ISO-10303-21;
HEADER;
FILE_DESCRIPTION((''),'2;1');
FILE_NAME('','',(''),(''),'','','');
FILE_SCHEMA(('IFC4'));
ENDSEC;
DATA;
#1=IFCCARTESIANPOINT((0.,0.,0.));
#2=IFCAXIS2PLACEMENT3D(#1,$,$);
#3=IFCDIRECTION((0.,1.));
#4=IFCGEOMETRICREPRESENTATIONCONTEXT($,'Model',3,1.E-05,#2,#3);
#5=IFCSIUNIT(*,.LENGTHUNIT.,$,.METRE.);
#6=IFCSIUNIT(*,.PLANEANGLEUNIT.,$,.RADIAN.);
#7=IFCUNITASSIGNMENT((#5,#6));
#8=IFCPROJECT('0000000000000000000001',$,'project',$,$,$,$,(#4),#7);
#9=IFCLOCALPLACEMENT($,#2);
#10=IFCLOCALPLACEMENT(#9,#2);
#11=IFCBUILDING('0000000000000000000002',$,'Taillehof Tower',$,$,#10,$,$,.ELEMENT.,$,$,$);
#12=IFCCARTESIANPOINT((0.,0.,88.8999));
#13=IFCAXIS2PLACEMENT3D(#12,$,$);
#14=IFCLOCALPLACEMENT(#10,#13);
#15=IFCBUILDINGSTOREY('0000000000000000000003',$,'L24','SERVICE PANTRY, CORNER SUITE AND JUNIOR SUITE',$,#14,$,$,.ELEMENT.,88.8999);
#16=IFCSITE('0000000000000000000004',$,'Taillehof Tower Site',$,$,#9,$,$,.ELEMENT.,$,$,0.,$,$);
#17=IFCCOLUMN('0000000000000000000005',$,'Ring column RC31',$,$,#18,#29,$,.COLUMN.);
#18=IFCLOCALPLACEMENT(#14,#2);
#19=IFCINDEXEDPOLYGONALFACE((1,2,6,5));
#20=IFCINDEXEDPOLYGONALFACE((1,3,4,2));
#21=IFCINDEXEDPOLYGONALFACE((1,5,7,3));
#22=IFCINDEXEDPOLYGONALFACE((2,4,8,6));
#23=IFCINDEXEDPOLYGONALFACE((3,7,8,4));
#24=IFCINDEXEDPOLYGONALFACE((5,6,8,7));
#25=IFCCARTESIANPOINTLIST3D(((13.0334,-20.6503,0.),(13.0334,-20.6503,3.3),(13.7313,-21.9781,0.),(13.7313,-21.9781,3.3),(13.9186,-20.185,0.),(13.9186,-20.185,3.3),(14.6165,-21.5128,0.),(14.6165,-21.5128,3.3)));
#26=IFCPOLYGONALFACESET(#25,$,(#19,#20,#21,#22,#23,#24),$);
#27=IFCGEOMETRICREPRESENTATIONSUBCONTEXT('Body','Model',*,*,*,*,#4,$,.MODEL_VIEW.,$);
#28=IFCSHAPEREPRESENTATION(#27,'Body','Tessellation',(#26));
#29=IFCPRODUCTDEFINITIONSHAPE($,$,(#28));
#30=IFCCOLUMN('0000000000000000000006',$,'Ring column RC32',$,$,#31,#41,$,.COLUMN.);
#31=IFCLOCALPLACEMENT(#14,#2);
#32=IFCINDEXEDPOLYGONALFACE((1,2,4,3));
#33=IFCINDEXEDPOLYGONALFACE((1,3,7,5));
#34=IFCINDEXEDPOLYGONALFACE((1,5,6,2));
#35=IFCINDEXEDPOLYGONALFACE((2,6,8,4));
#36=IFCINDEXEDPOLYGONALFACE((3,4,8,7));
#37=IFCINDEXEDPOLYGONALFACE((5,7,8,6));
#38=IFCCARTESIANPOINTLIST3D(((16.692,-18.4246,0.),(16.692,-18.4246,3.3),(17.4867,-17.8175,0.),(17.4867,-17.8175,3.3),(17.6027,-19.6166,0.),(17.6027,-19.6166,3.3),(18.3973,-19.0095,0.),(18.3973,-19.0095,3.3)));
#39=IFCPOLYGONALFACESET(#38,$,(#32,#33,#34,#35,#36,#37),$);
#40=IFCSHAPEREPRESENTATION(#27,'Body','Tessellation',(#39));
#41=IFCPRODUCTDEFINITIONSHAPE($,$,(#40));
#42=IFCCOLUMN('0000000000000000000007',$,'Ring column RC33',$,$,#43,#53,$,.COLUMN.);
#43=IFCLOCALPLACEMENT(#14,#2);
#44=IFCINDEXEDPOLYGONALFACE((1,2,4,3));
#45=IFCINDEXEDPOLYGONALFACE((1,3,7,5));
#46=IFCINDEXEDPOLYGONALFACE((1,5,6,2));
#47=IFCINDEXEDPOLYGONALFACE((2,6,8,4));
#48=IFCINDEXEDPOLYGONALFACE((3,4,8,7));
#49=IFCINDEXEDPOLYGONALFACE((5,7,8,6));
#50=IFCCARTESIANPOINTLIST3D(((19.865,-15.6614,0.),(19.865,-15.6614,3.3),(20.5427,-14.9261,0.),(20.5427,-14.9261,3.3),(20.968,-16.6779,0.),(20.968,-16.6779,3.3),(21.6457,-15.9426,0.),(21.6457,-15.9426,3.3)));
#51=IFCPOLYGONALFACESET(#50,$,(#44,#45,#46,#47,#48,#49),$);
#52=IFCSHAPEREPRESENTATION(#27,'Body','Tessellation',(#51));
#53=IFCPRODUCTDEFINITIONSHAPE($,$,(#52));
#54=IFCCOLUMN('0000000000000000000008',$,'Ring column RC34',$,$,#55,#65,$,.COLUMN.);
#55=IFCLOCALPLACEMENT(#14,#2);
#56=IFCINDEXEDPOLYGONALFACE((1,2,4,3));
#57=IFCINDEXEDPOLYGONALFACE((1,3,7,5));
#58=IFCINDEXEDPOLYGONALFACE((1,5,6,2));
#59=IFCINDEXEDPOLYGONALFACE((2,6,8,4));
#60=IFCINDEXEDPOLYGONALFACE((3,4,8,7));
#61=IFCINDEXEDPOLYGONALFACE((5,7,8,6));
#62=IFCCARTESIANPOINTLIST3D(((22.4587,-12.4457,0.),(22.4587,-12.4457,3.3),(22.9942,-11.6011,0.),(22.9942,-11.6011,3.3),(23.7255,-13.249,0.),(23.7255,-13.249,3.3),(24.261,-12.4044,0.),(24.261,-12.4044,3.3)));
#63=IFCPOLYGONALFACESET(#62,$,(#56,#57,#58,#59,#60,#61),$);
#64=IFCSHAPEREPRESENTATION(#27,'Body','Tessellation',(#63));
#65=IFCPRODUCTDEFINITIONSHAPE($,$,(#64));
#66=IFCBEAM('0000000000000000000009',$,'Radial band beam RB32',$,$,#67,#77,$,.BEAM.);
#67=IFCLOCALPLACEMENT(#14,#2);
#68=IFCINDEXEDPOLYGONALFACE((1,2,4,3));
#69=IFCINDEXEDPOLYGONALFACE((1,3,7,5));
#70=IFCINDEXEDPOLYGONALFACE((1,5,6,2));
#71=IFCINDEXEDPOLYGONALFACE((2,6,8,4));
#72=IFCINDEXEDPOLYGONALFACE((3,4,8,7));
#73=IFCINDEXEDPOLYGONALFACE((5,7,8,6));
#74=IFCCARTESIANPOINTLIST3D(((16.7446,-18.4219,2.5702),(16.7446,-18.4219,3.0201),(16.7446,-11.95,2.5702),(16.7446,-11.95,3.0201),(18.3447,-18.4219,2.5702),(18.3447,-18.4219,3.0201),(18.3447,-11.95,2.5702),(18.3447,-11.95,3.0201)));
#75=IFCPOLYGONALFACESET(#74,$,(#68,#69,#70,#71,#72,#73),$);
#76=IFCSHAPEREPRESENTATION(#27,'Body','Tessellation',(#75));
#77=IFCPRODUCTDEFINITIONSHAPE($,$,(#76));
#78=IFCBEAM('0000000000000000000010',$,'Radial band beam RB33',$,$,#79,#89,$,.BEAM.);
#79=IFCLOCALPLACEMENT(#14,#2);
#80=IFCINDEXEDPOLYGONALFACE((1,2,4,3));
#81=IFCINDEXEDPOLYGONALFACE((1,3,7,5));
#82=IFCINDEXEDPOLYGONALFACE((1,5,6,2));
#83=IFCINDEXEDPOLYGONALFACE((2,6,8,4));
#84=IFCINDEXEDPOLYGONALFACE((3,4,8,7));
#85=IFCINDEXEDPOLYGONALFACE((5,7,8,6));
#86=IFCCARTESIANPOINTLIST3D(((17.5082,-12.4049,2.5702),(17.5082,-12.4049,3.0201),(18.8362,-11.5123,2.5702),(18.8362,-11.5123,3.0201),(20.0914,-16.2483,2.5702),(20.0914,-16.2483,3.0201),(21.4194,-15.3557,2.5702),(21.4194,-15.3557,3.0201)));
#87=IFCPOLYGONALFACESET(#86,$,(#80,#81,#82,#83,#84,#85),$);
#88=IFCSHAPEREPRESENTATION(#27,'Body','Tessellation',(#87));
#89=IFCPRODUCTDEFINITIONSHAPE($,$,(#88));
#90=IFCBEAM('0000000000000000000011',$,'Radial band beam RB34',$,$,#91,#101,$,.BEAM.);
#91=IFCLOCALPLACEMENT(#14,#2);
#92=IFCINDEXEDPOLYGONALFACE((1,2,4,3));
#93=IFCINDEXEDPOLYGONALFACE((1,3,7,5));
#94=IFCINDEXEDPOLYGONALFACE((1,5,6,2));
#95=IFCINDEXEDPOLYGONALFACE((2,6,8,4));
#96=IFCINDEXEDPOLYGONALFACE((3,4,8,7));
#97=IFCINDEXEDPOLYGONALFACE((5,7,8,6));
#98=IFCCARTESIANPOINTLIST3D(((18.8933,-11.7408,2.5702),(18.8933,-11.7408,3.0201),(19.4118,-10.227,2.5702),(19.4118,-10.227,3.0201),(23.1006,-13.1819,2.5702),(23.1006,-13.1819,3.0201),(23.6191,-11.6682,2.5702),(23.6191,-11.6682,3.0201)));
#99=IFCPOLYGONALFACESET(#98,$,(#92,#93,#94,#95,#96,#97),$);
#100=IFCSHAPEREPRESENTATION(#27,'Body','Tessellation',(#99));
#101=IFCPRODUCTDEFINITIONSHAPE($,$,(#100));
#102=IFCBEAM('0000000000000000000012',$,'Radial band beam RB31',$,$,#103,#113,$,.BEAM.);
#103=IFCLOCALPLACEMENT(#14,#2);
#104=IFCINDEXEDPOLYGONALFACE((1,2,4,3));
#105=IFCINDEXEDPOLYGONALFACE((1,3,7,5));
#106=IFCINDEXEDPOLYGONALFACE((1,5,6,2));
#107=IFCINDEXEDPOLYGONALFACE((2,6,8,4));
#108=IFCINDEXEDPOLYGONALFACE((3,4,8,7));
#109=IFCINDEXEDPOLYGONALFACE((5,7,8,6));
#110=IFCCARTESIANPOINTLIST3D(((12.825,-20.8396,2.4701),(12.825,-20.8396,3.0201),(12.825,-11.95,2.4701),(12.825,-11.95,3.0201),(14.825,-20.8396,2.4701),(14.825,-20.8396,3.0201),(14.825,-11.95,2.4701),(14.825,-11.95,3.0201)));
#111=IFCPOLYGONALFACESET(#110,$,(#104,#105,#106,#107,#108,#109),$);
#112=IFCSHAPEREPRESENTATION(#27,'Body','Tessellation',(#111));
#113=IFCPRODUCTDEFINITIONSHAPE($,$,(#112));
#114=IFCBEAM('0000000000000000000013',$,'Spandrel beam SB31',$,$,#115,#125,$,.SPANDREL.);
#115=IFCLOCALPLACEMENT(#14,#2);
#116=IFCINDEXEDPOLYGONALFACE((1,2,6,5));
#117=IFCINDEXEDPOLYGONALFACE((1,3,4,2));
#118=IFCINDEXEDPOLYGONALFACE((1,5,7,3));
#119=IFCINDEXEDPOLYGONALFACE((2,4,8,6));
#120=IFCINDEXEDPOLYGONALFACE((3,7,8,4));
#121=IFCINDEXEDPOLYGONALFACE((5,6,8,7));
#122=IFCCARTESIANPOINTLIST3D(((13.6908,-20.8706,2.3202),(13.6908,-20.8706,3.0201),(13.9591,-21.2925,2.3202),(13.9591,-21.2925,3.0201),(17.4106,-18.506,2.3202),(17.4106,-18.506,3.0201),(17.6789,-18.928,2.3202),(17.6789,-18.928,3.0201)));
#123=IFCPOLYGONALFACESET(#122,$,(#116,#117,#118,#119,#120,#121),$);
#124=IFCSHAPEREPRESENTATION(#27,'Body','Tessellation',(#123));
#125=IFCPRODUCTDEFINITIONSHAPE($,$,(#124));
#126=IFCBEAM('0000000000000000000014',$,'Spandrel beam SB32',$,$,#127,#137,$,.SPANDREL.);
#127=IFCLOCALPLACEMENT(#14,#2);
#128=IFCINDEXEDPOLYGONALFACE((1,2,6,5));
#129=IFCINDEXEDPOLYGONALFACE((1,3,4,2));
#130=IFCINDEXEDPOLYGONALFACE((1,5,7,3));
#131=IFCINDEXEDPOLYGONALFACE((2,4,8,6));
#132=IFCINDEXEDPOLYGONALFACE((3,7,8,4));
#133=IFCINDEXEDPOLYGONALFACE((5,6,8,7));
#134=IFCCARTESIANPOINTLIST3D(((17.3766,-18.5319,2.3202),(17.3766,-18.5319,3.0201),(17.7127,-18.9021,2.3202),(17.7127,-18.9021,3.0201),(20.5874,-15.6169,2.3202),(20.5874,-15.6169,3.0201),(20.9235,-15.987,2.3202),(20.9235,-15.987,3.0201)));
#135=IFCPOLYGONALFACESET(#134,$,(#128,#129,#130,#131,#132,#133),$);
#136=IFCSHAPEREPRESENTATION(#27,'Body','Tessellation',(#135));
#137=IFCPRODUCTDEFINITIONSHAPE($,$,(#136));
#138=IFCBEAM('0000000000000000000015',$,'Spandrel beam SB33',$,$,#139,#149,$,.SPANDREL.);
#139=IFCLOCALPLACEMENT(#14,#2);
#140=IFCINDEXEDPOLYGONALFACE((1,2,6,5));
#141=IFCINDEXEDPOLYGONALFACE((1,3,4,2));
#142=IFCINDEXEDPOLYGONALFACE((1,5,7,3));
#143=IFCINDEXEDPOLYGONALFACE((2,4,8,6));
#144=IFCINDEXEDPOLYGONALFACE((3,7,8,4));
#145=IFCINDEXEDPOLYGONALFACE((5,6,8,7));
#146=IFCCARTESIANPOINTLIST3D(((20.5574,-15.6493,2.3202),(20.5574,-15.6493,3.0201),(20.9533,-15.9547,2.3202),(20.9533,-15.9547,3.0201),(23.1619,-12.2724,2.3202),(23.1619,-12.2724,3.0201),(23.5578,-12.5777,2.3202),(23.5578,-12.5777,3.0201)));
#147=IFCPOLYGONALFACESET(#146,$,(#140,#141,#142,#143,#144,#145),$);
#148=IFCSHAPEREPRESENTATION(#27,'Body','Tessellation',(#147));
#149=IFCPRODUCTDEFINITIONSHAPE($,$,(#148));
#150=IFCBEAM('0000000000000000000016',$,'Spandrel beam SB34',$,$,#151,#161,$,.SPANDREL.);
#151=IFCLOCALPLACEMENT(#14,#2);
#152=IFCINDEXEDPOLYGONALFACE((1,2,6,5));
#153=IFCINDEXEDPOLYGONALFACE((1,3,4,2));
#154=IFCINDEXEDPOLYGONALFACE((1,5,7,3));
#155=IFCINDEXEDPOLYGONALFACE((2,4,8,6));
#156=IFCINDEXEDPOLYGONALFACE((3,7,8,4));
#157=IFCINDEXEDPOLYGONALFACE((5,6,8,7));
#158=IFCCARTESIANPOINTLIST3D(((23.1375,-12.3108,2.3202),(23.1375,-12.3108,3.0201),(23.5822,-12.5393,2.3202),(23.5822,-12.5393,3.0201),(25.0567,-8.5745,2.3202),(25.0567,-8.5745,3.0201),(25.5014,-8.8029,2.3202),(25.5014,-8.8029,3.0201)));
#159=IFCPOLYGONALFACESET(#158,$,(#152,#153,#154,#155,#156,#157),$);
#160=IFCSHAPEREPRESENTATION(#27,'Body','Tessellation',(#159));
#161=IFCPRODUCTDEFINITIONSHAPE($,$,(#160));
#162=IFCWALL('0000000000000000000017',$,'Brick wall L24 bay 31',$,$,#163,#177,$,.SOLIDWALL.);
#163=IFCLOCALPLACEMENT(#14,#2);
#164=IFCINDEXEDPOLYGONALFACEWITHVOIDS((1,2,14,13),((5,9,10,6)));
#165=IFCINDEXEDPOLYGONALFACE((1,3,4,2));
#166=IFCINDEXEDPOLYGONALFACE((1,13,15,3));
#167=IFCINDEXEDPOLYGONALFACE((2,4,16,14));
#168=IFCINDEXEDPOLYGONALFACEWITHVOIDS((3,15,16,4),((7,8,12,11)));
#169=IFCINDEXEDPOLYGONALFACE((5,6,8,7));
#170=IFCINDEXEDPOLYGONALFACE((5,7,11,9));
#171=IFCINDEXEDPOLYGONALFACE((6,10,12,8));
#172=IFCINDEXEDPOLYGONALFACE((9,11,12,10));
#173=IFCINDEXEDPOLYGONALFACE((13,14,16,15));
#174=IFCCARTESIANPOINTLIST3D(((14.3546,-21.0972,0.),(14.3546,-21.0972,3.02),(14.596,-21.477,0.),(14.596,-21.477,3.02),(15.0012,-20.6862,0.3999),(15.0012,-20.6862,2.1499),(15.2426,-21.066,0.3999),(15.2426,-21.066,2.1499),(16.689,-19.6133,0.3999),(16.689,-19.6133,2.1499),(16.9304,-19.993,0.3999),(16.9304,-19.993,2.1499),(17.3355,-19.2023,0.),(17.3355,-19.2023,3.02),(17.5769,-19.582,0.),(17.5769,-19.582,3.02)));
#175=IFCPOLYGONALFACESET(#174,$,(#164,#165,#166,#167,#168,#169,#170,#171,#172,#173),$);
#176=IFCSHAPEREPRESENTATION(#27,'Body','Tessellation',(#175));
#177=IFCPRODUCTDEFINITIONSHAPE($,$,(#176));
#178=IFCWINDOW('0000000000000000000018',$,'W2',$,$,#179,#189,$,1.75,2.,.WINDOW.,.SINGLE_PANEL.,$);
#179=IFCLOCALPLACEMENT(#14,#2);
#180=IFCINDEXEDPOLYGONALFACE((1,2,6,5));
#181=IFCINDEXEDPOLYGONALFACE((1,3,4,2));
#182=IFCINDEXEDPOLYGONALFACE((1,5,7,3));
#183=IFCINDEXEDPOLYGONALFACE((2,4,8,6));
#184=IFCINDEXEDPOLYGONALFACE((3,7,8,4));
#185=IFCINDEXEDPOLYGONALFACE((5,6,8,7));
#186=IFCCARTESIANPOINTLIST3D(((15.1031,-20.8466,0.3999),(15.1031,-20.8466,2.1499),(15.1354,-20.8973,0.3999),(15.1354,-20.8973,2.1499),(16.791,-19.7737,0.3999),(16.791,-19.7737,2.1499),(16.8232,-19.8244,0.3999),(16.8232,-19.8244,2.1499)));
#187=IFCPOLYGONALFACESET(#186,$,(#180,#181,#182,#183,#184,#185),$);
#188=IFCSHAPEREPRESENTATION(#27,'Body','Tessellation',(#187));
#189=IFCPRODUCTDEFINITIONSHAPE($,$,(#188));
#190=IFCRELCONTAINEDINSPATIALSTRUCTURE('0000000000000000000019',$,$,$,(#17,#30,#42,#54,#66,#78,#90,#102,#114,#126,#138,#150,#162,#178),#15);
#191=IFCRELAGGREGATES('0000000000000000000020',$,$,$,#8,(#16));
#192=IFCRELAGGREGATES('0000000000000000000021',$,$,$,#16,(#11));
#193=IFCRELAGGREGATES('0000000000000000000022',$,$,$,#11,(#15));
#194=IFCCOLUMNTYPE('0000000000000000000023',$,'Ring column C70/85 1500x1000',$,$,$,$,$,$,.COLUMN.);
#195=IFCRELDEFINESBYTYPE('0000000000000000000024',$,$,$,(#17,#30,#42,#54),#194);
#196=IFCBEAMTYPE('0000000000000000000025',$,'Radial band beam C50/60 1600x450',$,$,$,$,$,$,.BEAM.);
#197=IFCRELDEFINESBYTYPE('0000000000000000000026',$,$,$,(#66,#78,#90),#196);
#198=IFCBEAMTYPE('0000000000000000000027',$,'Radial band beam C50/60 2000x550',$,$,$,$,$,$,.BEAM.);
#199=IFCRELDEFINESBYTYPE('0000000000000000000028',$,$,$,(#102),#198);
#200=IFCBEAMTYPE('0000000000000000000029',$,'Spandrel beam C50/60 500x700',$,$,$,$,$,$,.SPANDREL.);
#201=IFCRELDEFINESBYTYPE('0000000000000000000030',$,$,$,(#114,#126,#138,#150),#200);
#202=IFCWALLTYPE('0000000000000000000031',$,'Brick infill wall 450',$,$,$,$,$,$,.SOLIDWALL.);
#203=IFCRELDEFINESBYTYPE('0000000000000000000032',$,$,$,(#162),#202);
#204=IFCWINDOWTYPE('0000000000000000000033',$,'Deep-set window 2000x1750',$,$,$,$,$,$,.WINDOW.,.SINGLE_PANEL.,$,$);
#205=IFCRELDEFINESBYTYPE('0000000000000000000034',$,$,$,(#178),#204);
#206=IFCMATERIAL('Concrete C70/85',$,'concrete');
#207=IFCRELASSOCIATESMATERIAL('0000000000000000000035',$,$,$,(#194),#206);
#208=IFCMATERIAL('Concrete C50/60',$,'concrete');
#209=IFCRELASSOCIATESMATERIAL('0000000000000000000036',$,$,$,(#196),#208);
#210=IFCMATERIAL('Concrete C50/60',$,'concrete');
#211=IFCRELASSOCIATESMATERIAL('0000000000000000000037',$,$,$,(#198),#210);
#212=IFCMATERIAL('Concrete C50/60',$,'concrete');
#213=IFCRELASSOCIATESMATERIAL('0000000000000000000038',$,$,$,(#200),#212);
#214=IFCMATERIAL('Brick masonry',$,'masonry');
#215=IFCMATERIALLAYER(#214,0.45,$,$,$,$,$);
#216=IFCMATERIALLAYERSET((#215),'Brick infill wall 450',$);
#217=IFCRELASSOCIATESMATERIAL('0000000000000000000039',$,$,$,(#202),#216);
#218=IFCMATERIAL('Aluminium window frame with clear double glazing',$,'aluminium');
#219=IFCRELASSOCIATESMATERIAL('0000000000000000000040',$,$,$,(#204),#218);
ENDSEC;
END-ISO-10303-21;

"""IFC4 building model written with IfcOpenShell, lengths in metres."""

from ifc_helpers import new_model, si_unit, direction, frame, frame_2d, origin, origin_2d, place, context, subcontext, project, spatial, rectangle, extrude, material, layer, layer_set, material_profile, profile_set, type_object, element, fill, save


model = new_model("IFC4")

# Units and contexts
model_context = context("Model", 3, precision=1e-05, world=origin(), true_north=direction((0.0, 1.0)))
body_context = subcontext(model_context, "Body", "Model", "MODEL_VIEW")
ifc_project = project(units=[si_unit("LENGTHUNIT", "METRE"), si_unit("PLANEANGLEUNIT", "RADIAN")], contexts=[model_context])

# Site, building, storey
site_placement = place(None, origin())
site = spatial("IfcSite", under=ifc_project, at=site_placement, Name="Taillehof Tower Site", CompositionType="ELEMENT", RefElevation=0.0)
building_placement = place(site_placement, origin())
building = spatial("IfcBuilding", under=site, at=building_placement, Name="Taillehof Tower", CompositionType="ELEMENT")
storey_placement = place(building_placement, frame((0.0, 0.0, 88.8999)))
storey = spatial("IfcBuildingStorey", under=building, at=storey_placement, Name="L24", Description="SERVICE PANTRY, CORNER SUITE AND JUNIOR SUITE", CompositionType="ELEMENT", Elevation=88.8999)

# Columns
ifc_material_1 = material(Name="Concrete C70/85", Category="concrete")
ifc_material_profile_1 = material_profile(ifc_material_1, rectangle(XDim=1.5, YDim=1.0, at=origin_2d()), Name="RC 1500x1000")
ifc_profile_set_1 = profile_set([ifc_material_profile_1], Name="Concrete C70/85")
column_type = type_object("IfcColumnType", Name="Ring column C70/85 1500x1000", PredefinedType="COLUMN", material=ifc_profile_set_1)
for number, where, z_axis, x_axis, name in (
    (1, (13.825, -21.0815, 0.0), (0.0, 0.0, 1.0), (0.465283, -0.885162, 0.0), "Ring column RC31"),
    (2, (17.5447, -18.717, 0.0), (0.0, 0.0, 1.0), (0.607074, -0.794645, 0.0), "Ring column RC32"),
    (3, (20.7554, -15.802, 0.0), (0.0, 0.0, 1.0), (0.735332, -0.677707, 0.0), "Ring column RC33"),
    (4, (23.3599, -12.425, 0.0), (0.0, 0.0, 1.0), (0.844511, -0.535537, 0.0), "Ring column RC34"),
):
    element("IfcColumn", number, at=place(storey_placement, frame(where, z_axis=z_axis, x_axis=x_axis)), inside=storey, type_object=column_type, Name=name, PredefinedType="COLUMN", context=body_context, shape_type="SweptSolid", body=[
        extrude(rectangle(XDim=1.5, YDim=1.0, at=origin_2d()), origin(), (0.0, 0.0, 1.0), 3.3),
    ])

# Beams
ifc_material_2 = material(Name="Concrete C50/60", Category="concrete")
ifc_material_profile_2 = material_profile(ifc_material_2, rectangle(XDim=1.6001, YDim=0.45, at=origin_2d()), Name="RC 1600x450")
ifc_profile_set_2 = profile_set([ifc_material_profile_2], Name="Concrete C50/60")
beam_type_1 = type_object("IfcBeamType", Name="Radial band beam C50/60 1600x450", PredefinedType="BEAM", material=ifc_profile_set_2)
beam_1_placement = place(storey_placement, frame((17.5447, -18.4219, 2.7952), z_axis=(0.0, 1.0, 0.0), x_axis=(-1.0, 0.0, 0.0)))
element("IfcBeam", 5, at=beam_1_placement, inside=storey, type_object=beam_type_1, Name="Radial band beam RB32", PredefinedType="BEAM", context=body_context, shape_type="SweptSolid", body=[
    extrude(rectangle(XDim=1.6001, YDim=0.45, at=origin_2d()), origin(), (0.0, 0.0, 1.0), 6.4719),
])
beam_2_placement = place(storey_placement, frame((20.7554, -15.802, 2.7952), z_axis=(-0.557823, 0.82996, 0.0), x_axis=(-0.82996, -0.557823, 0.0)))
element("IfcBeam", 6, at=beam_2_placement, inside=storey, type_object=beam_type_1, Name="Radial band beam RB33", PredefinedType="BEAM", context=body_context, shape_type="SweptSolid", body=[
    extrude(rectangle(XDim=1.6001, YDim=0.45, at=origin_2d()), origin(), (0.0, 0.0, 1.0), 4.6309),
])
beam_3_placement = place(storey_placement, frame((23.3599, -12.425, 2.7952), z_axis=(-0.946038, 0.324056, 0.0), x_axis=(-0.324056, -0.946038, 0.0)))
element("IfcBeam", 7, at=beam_3_placement, inside=storey, type_object=beam_type_1, Name="Radial band beam RB34", PredefinedType="BEAM", context=body_context, shape_type="SweptSolid", body=[
    extrude(rectangle(XDim=1.6001, YDim=0.45, at=origin_2d()), origin(), (0.0, 0.0, 1.0), 4.4473),
])
ifc_material_3 = material(Name="Concrete C50/60", Category="concrete")
ifc_material_profile_3 = material_profile(ifc_material_3, rectangle(XDim=2.0, YDim=0.55, at=origin_2d()), Name="RC 2000x550")
ifc_profile_set_3 = profile_set([ifc_material_profile_3], Name="Concrete C50/60")
beam_type_2 = type_object("IfcBeamType", Name="Radial band beam C50/60 2000x550", PredefinedType="BEAM", material=ifc_profile_set_3)
beam_4_placement = place(storey_placement, frame((13.825, -20.8396, 2.7451), z_axis=(0.0, 1.0, 0.0), x_axis=(-1.0, 0.0, 0.0)))
element("IfcBeam", 8, at=beam_4_placement, inside=storey, type_object=beam_type_2, Name="Radial band beam RB31", PredefinedType="BEAM", context=body_context, shape_type="SweptSolid", body=[
    extrude(rectangle(XDim=2.0, YDim=0.55, at=origin_2d()), origin(), (0.0, 0.0, 1.0), 8.8896),
])
ifc_material_4 = material(Name="Concrete C50/60", Category="concrete")
ifc_material_profile_4 = material_profile(ifc_material_4, rectangle(XDim=0.5, YDim=0.7, at=origin_2d()), Name="RC 500x700")
ifc_profile_set_4 = profile_set([ifc_material_profile_4], Name="Concrete C50/60")
beam_type_3 = type_object("IfcBeamType", Name="Spandrel beam C50/60 500x700", PredefinedType="SPANDREL", material=ifc_profile_set_4)
beam_5_placement = place(storey_placement, frame((13.825, -21.0815, 2.6702), z_axis=(0.843928, 0.536456, 0.0), x_axis=(-0.536456, 0.843928, 0.0)))
element("IfcBeam", 9, at=beam_5_placement, inside=storey, type_object=beam_type_3, Name="Spandrel beam SB31", PredefinedType="SPANDREL", context=body_context, shape_type="SweptSolid", body=[
    extrude(rectangle(XDim=0.5, YDim=0.7, at=origin_2d()), origin(), (0.0, 0.0, 1.0), 4.4077),
])
beam_6_placement = place(storey_placement, frame((17.5447, -18.717, 2.6702), z_axis=(0.740373, 0.672196, 0.0), x_axis=(-0.672196, 0.740373, 0.0)))
element("IfcBeam", 10, at=beam_6_placement, inside=storey, type_object=beam_type_3, Name="Spandrel beam SB32", PredefinedType="SPANDREL", context=body_context, shape_type="SweptSolid", body=[
    extrude(rectangle(XDim=0.5, YDim=0.7, at=origin_2d()), origin(), (0.0, 0.0, 1.0), 4.3367),
])
beam_7_placement = place(storey_placement, frame((20.7554, -15.802, 2.6702), z_axis=(0.610717, 0.791849, 0.0), x_axis=(-0.791849, 0.610717, 0.0)))
element("IfcBeam", 11, at=beam_7_placement, inside=storey, type_object=beam_type_3, Name="Spandrel beam SB33", PredefinedType="SPANDREL", context=body_context, shape_type="SweptSolid", body=[
    extrude(rectangle(XDim=0.5, YDim=0.7, at=origin_2d()), origin(), (0.0, 0.0, 1.0), 4.2646),
])
beam_8_placement = place(storey_placement, frame((23.3599, -12.425, 2.6702), z_axis=(0.456905, 0.889515, 0.0), x_axis=(-0.889515, 0.456905, 0.0)))
element("IfcBeam", 12, at=beam_8_placement, inside=storey, type_object=beam_type_3, Name="Spandrel beam SB34", PredefinedType="SPANDREL", context=body_context, shape_type="SweptSolid", body=[
    extrude(rectangle(XDim=0.5, YDim=0.7, at=origin_2d()), origin(), (0.0, 0.0, 1.0), 4.2004),
])

# Wall, opening, window
ifc_material_5 = material(Name="Brick masonry", Category="masonry")
ifc_layer_1 = layer(ifc_material_5, 0.45)
ifc_layer_set_1 = layer_set([ifc_layer_1], Name="Brick infill wall 450")
wall_type_1 = type_object("IfcWallType", Name="Brick infill wall 450", PredefinedType="SOLIDWALL", material=ifc_layer_set_1)
wall_1_placement = place(storey_placement, frame((14.4753, -21.2871, 0.0), z_axis=(0.0, 0.0, 1.0), x_axis=(0.843912, 0.536482, 0.0)))
wall_1 = element("IfcWall", 13, at=wall_1_placement, inside=storey, type_object=wall_type_1, Name="Brick wall L24 bay 31", PredefinedType="SOLIDWALL", context=body_context, shape_type="SweptSolid", body=[
    extrude(rectangle(XDim=3.5322, YDim=0.45, at=frame_2d((1.7661, 0.0))), origin(), (0.0, 0.0, 1.0), 3.02),
])
opening_1_placement = place(wall_1_placement, frame((0.7661, 0.0, 0.3999)))
opening_1 = element("IfcOpeningElement", 14, at=opening_1_placement, cuts=wall_1, PredefinedType="OPENING", context=body_context, shape_type="SweptSolid", body=[
    extrude(rectangle(XDim=2.0, YDim=1.75, at=frame_2d((1.0, 0.875))), frame((0.0, 0.2349, 0.0), z_axis=(0.0, -1.0, 0.0), x_axis=(1.0, 0.0, 0.0)), (0.0, 0.0, 1.0), 0.47),
])
ifc_material_6 = material(Name="Aluminium window frame with clear double glazing", Category="aluminium")
window_type_1 = type_object("IfcWindowType", Name="Deep-set window 2000x1750", PartitioningType="SINGLE_PANEL", PredefinedType="WINDOW", material=ifc_material_6)
window_1_placement = place(opening_1_placement, origin())
window_1 = element("IfcWindow", 15, at=window_1_placement, inside=storey, type_object=window_type_1, Name="W2", OverallHeight=1.75, OverallWidth=2.0, PartitioningType="SINGLE_PANEL", PredefinedType="WINDOW", context=body_context, shape_type="SweptSolid", body=[
    extrude(rectangle(XDim=2.0, YDim=1.75, at=frame_2d((1.0, 0.875))), frame((0.0, 0.0349, 0.0), z_axis=(0.0, -1.0, 0.0), x_axis=(1.0, 0.0, 0.0)), (0.0, 0.0, 1.0), 0.0601),
])
fill(opening_1, window_1)

save(model, "model.ifc")
